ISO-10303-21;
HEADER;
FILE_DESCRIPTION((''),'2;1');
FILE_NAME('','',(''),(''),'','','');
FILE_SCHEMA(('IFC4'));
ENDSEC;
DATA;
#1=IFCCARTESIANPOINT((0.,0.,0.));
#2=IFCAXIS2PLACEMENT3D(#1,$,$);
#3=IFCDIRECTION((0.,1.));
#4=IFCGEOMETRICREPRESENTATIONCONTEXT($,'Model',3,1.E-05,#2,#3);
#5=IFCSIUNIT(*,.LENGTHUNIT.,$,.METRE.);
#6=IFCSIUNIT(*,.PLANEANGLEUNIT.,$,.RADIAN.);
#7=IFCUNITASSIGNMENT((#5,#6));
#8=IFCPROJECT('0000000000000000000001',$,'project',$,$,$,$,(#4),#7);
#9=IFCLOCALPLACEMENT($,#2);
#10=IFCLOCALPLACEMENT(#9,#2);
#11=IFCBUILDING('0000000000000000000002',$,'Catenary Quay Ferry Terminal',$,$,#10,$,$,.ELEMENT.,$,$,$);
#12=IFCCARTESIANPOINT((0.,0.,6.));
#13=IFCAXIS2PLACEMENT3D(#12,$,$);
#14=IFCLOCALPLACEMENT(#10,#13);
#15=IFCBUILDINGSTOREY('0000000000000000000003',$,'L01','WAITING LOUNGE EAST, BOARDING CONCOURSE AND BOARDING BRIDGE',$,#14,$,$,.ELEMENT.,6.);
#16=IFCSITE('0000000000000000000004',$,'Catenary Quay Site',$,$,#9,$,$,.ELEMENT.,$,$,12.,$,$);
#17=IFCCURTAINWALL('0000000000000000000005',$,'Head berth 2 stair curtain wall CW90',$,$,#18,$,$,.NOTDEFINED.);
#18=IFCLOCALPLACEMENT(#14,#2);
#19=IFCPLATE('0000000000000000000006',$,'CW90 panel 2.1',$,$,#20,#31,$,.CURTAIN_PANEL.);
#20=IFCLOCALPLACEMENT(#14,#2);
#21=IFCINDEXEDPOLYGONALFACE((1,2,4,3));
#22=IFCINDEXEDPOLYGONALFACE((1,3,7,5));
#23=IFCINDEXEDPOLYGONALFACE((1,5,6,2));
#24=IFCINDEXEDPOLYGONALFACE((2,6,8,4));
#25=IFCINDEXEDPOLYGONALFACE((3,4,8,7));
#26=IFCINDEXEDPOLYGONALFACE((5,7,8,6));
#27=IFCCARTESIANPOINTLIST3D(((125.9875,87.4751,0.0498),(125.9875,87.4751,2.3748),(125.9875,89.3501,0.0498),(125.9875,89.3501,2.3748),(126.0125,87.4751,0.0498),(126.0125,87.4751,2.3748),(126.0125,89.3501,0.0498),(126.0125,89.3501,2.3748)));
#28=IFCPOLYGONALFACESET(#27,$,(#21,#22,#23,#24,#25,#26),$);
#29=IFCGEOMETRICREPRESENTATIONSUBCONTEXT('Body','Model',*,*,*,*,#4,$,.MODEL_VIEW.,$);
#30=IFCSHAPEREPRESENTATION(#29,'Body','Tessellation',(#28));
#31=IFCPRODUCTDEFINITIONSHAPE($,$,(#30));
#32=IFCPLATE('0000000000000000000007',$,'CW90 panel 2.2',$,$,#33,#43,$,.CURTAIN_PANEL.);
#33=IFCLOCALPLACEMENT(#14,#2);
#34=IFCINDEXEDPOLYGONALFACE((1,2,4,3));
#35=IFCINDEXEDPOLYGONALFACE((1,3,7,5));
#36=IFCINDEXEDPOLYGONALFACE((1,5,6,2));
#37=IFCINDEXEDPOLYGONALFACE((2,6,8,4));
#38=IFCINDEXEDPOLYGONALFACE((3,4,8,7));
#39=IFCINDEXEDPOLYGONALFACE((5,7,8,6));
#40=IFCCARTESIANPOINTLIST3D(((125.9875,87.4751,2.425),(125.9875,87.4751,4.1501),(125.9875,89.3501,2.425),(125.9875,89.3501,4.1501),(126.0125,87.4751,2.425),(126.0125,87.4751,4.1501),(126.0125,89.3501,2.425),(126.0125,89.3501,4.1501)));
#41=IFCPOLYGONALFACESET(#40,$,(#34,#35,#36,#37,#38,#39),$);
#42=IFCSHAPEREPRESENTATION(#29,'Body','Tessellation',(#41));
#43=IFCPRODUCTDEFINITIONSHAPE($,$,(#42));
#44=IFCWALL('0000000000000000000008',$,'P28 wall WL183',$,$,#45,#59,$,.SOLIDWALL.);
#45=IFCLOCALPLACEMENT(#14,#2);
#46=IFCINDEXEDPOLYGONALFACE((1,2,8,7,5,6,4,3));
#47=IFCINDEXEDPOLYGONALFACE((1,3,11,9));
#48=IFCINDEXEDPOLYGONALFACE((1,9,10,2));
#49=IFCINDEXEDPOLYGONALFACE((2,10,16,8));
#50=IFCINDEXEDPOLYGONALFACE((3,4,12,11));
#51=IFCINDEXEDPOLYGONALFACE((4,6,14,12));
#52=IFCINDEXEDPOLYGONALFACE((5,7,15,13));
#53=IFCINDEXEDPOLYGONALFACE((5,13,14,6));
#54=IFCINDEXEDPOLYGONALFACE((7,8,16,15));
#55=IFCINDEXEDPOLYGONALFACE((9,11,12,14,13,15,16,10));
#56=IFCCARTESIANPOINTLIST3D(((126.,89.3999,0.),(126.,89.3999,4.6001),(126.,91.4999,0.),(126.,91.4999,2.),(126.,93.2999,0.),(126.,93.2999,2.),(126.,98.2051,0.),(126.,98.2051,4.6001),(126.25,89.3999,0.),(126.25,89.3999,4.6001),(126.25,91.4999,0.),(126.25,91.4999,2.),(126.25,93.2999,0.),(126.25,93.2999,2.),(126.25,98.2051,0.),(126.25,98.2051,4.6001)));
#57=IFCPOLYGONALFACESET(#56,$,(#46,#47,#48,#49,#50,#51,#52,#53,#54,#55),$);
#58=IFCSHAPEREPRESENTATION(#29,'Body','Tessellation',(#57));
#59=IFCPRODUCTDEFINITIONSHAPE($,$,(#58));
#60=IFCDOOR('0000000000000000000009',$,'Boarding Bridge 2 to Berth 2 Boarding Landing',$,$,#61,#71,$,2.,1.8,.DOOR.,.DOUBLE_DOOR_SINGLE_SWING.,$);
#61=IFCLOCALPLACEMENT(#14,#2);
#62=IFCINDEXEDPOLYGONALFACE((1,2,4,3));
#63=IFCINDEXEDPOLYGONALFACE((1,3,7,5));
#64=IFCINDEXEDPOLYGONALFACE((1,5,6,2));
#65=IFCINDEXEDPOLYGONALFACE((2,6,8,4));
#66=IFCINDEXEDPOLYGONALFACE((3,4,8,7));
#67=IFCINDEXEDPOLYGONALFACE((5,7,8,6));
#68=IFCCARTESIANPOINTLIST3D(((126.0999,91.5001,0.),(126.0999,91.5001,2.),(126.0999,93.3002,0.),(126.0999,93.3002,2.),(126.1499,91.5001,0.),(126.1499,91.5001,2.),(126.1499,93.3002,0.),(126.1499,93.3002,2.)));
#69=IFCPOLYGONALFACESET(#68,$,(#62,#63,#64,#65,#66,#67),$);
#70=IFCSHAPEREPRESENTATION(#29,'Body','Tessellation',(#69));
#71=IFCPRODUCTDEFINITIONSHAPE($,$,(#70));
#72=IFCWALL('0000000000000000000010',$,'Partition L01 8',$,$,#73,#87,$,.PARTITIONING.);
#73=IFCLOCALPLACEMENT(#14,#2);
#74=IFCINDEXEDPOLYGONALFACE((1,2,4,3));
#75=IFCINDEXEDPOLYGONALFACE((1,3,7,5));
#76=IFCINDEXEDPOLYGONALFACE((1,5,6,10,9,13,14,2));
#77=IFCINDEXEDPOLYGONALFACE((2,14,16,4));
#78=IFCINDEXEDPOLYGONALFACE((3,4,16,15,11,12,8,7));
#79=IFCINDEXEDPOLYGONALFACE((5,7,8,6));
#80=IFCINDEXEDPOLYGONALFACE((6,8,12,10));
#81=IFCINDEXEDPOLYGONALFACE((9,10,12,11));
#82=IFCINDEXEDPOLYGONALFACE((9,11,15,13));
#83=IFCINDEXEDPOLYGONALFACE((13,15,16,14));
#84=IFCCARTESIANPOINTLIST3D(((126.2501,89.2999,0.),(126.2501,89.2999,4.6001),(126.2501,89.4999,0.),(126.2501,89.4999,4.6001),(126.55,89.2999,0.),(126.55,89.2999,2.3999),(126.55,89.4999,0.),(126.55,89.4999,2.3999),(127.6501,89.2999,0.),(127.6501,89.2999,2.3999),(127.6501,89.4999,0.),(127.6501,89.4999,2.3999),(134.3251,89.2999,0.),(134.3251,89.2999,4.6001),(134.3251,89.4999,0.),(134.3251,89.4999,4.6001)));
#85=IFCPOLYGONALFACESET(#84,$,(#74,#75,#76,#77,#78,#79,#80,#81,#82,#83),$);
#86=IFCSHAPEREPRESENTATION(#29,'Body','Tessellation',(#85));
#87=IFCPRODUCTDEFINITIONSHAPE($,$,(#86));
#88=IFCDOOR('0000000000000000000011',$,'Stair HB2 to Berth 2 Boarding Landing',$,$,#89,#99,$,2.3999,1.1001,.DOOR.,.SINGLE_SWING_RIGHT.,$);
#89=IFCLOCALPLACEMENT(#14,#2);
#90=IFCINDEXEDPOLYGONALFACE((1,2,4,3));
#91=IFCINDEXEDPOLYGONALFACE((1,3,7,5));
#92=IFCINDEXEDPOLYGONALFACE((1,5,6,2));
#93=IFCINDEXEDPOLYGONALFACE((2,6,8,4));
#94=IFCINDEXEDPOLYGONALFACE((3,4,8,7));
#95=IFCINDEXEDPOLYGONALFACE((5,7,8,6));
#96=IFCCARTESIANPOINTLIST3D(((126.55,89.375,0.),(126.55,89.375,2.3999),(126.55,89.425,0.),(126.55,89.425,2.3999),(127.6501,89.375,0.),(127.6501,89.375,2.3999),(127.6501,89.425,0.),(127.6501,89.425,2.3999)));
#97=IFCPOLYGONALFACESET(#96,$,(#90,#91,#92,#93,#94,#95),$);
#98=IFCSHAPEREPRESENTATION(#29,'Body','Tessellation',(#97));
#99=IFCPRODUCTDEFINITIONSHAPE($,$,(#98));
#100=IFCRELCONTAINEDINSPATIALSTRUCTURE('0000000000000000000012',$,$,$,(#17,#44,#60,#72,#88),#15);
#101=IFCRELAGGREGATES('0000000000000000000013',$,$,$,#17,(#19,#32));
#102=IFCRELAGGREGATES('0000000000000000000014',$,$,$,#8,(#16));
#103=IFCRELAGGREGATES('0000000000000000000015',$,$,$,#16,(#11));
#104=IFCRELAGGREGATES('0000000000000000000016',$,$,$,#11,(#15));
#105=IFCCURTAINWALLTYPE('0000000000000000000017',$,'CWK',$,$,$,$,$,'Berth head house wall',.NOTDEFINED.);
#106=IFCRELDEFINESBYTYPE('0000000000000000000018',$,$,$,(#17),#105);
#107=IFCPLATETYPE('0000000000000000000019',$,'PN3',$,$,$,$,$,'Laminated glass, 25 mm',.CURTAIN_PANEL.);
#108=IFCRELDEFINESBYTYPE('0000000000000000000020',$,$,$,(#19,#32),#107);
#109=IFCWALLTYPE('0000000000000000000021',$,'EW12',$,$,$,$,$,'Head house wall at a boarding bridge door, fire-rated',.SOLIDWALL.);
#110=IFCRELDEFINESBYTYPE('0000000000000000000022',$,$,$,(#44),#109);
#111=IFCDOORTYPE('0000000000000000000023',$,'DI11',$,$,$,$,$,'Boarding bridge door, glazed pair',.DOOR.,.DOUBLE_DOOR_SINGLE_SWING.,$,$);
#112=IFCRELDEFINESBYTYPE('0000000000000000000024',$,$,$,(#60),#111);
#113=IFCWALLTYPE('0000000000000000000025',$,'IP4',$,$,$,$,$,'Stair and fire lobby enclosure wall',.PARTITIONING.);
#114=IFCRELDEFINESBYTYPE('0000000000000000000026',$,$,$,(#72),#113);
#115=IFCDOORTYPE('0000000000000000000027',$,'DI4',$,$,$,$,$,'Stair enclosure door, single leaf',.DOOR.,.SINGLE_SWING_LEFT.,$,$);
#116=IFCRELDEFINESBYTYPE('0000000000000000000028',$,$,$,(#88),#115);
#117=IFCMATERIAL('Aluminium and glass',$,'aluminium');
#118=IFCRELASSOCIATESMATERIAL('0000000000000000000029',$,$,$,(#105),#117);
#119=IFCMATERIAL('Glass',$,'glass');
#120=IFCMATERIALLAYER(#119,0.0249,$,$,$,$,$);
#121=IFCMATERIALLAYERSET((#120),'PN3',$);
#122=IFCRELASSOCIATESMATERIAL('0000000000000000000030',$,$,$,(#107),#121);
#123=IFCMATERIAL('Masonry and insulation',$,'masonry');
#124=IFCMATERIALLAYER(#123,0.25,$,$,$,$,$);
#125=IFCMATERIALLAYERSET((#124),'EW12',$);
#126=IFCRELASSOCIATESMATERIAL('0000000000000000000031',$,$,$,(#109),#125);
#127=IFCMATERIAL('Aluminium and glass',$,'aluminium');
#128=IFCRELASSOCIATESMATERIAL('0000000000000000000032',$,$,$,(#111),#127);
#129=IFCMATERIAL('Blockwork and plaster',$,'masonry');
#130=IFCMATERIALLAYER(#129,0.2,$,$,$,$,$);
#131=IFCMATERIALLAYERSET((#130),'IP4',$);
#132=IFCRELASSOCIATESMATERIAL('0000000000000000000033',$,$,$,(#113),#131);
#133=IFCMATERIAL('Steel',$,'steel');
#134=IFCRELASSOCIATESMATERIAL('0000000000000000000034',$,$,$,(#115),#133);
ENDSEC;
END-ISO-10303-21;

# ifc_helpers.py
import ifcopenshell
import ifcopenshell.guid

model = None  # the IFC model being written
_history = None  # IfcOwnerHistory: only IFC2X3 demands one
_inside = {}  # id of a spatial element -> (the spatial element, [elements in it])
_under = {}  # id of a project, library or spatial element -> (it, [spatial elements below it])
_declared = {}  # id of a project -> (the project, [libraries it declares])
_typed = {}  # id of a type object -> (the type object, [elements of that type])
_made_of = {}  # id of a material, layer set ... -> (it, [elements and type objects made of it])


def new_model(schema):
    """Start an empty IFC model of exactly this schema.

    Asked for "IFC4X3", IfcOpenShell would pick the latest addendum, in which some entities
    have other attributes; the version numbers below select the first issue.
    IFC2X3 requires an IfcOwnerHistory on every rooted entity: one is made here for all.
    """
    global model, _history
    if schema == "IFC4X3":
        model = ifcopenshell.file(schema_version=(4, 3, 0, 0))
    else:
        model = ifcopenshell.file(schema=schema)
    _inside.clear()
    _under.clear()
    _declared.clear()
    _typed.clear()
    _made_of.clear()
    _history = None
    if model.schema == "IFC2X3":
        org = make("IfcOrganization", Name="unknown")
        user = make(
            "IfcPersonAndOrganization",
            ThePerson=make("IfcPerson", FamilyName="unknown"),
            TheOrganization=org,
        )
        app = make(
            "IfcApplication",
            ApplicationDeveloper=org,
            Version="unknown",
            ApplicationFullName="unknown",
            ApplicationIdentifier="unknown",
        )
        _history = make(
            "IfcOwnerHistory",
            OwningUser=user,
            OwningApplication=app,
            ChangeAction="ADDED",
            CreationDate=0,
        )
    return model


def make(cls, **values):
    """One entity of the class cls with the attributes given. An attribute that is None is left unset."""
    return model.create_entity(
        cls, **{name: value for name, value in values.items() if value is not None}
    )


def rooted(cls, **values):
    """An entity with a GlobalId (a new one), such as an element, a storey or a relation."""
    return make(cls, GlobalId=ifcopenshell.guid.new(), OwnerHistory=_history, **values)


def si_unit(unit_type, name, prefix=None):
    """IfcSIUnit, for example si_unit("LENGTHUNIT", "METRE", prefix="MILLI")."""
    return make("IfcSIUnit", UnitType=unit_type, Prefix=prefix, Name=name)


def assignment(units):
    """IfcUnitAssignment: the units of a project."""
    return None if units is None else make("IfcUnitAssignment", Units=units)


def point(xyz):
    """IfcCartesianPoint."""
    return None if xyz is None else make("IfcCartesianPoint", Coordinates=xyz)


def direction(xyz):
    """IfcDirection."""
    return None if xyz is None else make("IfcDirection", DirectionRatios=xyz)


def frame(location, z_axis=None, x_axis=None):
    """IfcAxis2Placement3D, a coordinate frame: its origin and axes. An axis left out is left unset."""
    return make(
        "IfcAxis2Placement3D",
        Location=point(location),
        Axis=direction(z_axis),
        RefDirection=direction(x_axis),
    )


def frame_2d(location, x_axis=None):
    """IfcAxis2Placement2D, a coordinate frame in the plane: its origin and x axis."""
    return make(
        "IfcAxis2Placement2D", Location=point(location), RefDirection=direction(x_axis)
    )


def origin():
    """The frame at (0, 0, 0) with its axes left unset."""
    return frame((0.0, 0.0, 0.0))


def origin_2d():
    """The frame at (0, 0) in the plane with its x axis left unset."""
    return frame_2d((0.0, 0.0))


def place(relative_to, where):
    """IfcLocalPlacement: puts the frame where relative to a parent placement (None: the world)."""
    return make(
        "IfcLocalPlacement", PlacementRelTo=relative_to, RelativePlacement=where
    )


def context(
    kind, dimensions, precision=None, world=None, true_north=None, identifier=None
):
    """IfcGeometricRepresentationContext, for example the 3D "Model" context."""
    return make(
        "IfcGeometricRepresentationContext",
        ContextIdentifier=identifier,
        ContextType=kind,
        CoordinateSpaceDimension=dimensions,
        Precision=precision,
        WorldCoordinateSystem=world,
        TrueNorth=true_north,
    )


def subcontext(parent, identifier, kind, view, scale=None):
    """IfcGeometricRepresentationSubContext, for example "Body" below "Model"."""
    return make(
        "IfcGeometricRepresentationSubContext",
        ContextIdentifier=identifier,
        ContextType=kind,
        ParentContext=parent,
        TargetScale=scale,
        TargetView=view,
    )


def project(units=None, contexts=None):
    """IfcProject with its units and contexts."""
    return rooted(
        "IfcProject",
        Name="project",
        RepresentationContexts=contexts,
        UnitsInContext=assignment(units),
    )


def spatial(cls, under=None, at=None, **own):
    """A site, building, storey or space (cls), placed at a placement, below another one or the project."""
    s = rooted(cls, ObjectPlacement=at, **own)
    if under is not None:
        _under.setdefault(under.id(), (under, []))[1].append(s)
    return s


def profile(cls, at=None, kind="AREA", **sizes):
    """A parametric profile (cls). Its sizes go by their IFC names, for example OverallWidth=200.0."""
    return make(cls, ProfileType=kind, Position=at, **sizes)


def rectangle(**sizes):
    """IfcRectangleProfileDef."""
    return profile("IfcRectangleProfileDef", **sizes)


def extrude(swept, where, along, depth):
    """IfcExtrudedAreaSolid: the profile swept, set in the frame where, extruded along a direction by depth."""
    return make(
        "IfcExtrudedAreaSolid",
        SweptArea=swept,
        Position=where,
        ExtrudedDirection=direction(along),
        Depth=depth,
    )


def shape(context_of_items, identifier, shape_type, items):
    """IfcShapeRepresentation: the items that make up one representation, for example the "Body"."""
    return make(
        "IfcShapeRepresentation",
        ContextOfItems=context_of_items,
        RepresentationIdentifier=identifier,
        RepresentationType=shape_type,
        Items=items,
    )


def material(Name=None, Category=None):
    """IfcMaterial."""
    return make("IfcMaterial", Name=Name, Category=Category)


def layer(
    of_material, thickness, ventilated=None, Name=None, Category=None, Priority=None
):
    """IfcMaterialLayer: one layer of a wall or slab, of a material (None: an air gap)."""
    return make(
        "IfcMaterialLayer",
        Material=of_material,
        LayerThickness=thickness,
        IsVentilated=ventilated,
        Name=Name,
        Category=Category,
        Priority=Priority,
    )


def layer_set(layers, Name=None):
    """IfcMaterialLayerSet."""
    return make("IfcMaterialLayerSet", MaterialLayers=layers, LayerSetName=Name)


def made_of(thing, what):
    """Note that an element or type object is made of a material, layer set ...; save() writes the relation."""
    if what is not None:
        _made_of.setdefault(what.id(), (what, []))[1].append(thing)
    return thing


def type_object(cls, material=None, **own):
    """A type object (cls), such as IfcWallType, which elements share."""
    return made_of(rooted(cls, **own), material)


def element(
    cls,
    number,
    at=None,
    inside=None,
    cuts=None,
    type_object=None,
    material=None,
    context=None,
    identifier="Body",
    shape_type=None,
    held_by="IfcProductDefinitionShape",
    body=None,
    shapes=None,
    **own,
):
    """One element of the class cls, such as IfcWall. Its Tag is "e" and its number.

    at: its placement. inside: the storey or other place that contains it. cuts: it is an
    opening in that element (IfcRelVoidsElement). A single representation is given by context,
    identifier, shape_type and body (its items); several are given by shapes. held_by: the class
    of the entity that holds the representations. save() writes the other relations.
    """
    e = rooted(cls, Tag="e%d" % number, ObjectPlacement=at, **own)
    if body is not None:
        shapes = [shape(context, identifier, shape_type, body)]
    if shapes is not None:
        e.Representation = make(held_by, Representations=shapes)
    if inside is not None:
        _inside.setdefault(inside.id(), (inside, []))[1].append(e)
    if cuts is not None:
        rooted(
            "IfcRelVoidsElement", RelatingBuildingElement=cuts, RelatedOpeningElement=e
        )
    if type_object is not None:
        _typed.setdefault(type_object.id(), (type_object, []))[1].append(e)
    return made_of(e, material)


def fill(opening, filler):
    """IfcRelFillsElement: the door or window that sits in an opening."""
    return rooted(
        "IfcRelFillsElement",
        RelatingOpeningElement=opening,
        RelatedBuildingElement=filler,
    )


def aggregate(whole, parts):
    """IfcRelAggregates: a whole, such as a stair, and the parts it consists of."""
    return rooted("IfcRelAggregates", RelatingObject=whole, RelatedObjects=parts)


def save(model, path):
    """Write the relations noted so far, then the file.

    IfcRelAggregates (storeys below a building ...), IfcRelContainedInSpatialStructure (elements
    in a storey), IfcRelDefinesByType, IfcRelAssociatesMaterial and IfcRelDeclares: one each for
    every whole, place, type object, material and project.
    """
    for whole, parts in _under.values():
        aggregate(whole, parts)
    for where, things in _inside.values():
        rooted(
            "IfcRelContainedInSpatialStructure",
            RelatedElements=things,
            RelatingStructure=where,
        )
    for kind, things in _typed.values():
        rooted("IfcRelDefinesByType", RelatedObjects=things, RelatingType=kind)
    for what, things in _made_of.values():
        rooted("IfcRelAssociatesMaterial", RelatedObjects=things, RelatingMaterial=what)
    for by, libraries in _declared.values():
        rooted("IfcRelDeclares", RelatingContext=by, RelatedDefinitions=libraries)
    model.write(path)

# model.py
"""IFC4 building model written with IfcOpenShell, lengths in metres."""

from ifc_helpers import new_model, si_unit, direction, frame, frame_2d, origin, origin_2d, place, context, subcontext, project, spatial, rectangle, extrude, material, layer, layer_set, type_object, element, fill, aggregate, save


model = new_model("IFC4")

# Units and contexts
model_context = context("Model", 3, precision=1e-05, world=origin(), true_north=direction((0.0, 1.0)))
body_context = subcontext(model_context, "Body", "Model", "MODEL_VIEW")
ifc_project = project(units=[si_unit("LENGTHUNIT", "METRE"), si_unit("PLANEANGLEUNIT", "RADIAN")], contexts=[model_context])

# Site, building, storey
site_placement = place(None, origin())
site = spatial("IfcSite", under=ifc_project, at=site_placement, Name="Catenary Quay Site", CompositionType="ELEMENT", RefElevation=12.0)
building_placement = place(site_placement, origin())
building = spatial("IfcBuilding", under=site, at=building_placement, Name="Catenary Quay Ferry Terminal", CompositionType="ELEMENT")
storey_placement = place(building_placement, frame((0.0, 0.0, 6.0)))
storey = spatial("IfcBuildingStorey", under=building, at=storey_placement, Name="L01", Description="WAITING LOUNGE EAST, BOARDING CONCOURSE AND BOARDING BRIDGE", CompositionType="ELEMENT", Elevation=6.0)

# Curtain wall
ifc_material_1 = material(Name="Aluminium and glass", Category="aluminium")
curtain_wall_type = type_object("IfcCurtainWallType", Name="CWK", ElementType="Berth head house wall", PredefinedType="NOTDEFINED", material=ifc_material_1)
curtain_wall_placement = place(storey_placement, origin())
curtain_wall = element("IfcCurtainWall", 1, at=curtain_wall_placement, inside=storey, type_object=curtain_wall_type, Name="Head berth 2 stair curtain wall CW90", PredefinedType="NOTDEFINED")

# Plates
ifc_material_2 = material(Name="Glass", Category="glass")
ifc_layer_1 = layer(ifc_material_2, 0.0249)
ifc_layer_set_1 = layer_set([ifc_layer_1], Name="PN3")
plate_type = type_object("IfcPlateType", Name="PN3", ElementType="Laminated glass, 25 mm", PredefinedType="CURTAIN_PANEL", material=ifc_layer_set_1)
plate_1_placement = place(storey_placement, frame((126.0, 88.4126, 0.0498), z_axis=(0.0, 0.0, 1.0), x_axis=(0.0, 1.0, 0.0)))
plate_1 = element("IfcPlate", 2, at=plate_1_placement, type_object=plate_type, Name="CW90 panel 2.1", PredefinedType="CURTAIN_PANEL", context=body_context, shape_type="SweptSolid", body=[
    extrude(rectangle(XDim=1.875, YDim=0.0249, at=origin_2d()), origin(), (0.0, 0.0, 1.0), 2.325),
])
plate_2_placement = place(storey_placement, frame((126.0, 88.4126, 2.425), z_axis=(0.0, 0.0, 1.0), x_axis=(0.0, 1.0, 0.0)))
plate_2 = element("IfcPlate", 3, at=plate_2_placement, type_object=plate_type, Name="CW90 panel 2.2", PredefinedType="CURTAIN_PANEL", context=body_context, shape_type="SweptSolid", body=[
    extrude(rectangle(XDim=1.875, YDim=0.0249, at=origin_2d()), origin(), (0.0, 0.0, 1.0), 1.7251),
])
aggregate(curtain_wall, [plate_1, plate_2])

# Walls, openings, doors
ifc_material_3 = material(Name="Masonry and insulation", Category="masonry")
ifc_layer_2 = layer(ifc_material_3, 0.25)
ifc_layer_set_2 = layer_set([ifc_layer_2], Name="EW12")
wall_type_1 = type_object("IfcWallType", Name="EW12", ElementType="Head house wall at a boarding bridge door, fire-rated", PredefinedType="SOLIDWALL", material=ifc_layer_set_2)
wall_1_placement = place(storey_placement, frame((126.125, 89.3999, 0.0), z_axis=(0.0, 0.0, 1.0), x_axis=(0.0, 1.0, 0.0)))
wall_1 = element("IfcWall", 4, at=wall_1_placement, inside=storey, type_object=wall_type_1, Name="P28 wall WL183", PredefinedType="SOLIDWALL", context=body_context, shape_type="SweptSolid", body=[
    extrude(rectangle(XDim=8.8052, YDim=0.25, at=frame_2d((4.4026, 0.0))), origin(), (0.0, 0.0, 1.0), 4.6001),
])
opening_1_placement = place(wall_1_placement, frame((2.1001, 0.0, 0.0)))
opening_1 = element("IfcOpeningElement", 5, at=opening_1_placement, cuts=wall_1, PredefinedType="OPENING", context=body_context, shape_type="SweptSolid", body=[
    extrude(rectangle(XDim=1.8, YDim=2.0, at=frame_2d((0.8999, 1.0))), frame((0.0, 0.135, 0.0), z_axis=(0.0, -1.0, 0.0), x_axis=(1.0, 0.0, 0.0)), (0.0, 0.0, 1.0), 0.27),
])
ifc_material_4 = material(Name="Aluminium and glass", Category="aluminium")
door_type_1 = type_object("IfcDoorType", Name="DI11", ElementType="Boarding bridge door, glazed pair", OperationType="DOUBLE_DOOR_SINGLE_SWING", PredefinedType="DOOR", material=ifc_material_4)
door_1_placement = place(opening_1_placement, frame((1.8, 0.0, 0.0), z_axis=(0.0, 0.0, 1.0), x_axis=(-1.0, 0.0, 0.0)))
door_1 = element("IfcDoor", 6, at=door_1_placement, inside=storey, type_object=door_type_1, Name="Boarding Bridge 2 to Berth 2 Boarding Landing", OperationType="DOUBLE_DOOR_SINGLE_SWING", OverallHeight=2.0, OverallWidth=1.8, PredefinedType="DOOR", context=body_context, shape_type="SweptSolid", body=[
    extrude(rectangle(XDim=1.8, YDim=2.0, at=frame_2d((0.8999, 1.0))), frame((0.0, 0.0249, 0.0), z_axis=(0.0, -1.0, 0.0), x_axis=(1.0, 0.0, 0.0)), (0.0, 0.0, 1.0), 0.05),
])
fill(opening_1, door_1)
ifc_material_5 = material(Name="Blockwork and plaster", Category="masonry")
ifc_layer_3 = layer(ifc_material_5, 0.2)
ifc_layer_set_3 = layer_set([ifc_layer_3], Name="IP4")
wall_type_2 = type_object("IfcWallType", Name="IP4", ElementType="Stair and fire lobby enclosure wall", PredefinedType="PARTITIONING", material=ifc_layer_set_3)
wall_2_placement = place(storey_placement, frame((126.25, 89.3999, 0.0), z_axis=(0.0, 0.0, 1.0), x_axis=(1.0, 0.0, 0.0)))
wall_2 = element("IfcWall", 7, at=wall_2_placement, inside=storey, type_object=wall_type_2, Name="Partition L01 8", PredefinedType="PARTITIONING", context=body_context, shape_type="SweptSolid", body=[
    extrude(rectangle(XDim=8.075, YDim=0.2, at=frame_2d((4.0376, 0.0))), origin(), (0.0, 0.0, 1.0), 4.6001),
])
opening_2_placement = place(wall_2_placement, frame((0.3, 0.0, 0.0)))
opening_2 = element("IfcOpeningElement", 8, at=opening_2_placement, cuts=wall_2, PredefinedType="OPENING", context=body_context, shape_type="SweptSolid", body=[
    extrude(rectangle(XDim=1.1001, YDim=2.3999, at=frame_2d((0.55, 1.2))), frame((0.0, 0.1099, 0.0), z_axis=(0.0, -1.0, 0.0), x_axis=(1.0, 0.0, 0.0)), (0.0, 0.0, 1.0), 0.22),
])
ifc_material_6 = material(Name="Steel", Category="steel")
door_type_2 = type_object("IfcDoorType", Name="DI4", ElementType="Stair enclosure door, single leaf", OperationType="SINGLE_SWING_LEFT", PredefinedType="DOOR", material=ifc_material_6)
door_2_placement = place(opening_2_placement, frame((1.1001, 0.0, 0.0), z_axis=(0.0, 0.0, 1.0), x_axis=(-1.0, 0.0, 0.0)))
door_2 = element("IfcDoor", 9, at=door_2_placement, inside=storey, type_object=door_type_2, Name="Stair HB2 to Berth 2 Boarding Landing", OperationType="SINGLE_SWING_RIGHT", OverallHeight=2.3999, OverallWidth=1.1001, PredefinedType="DOOR", context=body_context, shape_type="SweptSolid", body=[
    extrude(rectangle(XDim=1.1001, YDim=2.3999, at=frame_2d((0.55, 1.2))), frame((0.0, 0.0249, 0.0), z_axis=(0.0, -1.0, 0.0), x_axis=(1.0, 0.0, 0.0)), (0.0, 0.0, 1.0), 0.05),
])
fill(opening_2, door_2)

save(model, "model.ifc")
